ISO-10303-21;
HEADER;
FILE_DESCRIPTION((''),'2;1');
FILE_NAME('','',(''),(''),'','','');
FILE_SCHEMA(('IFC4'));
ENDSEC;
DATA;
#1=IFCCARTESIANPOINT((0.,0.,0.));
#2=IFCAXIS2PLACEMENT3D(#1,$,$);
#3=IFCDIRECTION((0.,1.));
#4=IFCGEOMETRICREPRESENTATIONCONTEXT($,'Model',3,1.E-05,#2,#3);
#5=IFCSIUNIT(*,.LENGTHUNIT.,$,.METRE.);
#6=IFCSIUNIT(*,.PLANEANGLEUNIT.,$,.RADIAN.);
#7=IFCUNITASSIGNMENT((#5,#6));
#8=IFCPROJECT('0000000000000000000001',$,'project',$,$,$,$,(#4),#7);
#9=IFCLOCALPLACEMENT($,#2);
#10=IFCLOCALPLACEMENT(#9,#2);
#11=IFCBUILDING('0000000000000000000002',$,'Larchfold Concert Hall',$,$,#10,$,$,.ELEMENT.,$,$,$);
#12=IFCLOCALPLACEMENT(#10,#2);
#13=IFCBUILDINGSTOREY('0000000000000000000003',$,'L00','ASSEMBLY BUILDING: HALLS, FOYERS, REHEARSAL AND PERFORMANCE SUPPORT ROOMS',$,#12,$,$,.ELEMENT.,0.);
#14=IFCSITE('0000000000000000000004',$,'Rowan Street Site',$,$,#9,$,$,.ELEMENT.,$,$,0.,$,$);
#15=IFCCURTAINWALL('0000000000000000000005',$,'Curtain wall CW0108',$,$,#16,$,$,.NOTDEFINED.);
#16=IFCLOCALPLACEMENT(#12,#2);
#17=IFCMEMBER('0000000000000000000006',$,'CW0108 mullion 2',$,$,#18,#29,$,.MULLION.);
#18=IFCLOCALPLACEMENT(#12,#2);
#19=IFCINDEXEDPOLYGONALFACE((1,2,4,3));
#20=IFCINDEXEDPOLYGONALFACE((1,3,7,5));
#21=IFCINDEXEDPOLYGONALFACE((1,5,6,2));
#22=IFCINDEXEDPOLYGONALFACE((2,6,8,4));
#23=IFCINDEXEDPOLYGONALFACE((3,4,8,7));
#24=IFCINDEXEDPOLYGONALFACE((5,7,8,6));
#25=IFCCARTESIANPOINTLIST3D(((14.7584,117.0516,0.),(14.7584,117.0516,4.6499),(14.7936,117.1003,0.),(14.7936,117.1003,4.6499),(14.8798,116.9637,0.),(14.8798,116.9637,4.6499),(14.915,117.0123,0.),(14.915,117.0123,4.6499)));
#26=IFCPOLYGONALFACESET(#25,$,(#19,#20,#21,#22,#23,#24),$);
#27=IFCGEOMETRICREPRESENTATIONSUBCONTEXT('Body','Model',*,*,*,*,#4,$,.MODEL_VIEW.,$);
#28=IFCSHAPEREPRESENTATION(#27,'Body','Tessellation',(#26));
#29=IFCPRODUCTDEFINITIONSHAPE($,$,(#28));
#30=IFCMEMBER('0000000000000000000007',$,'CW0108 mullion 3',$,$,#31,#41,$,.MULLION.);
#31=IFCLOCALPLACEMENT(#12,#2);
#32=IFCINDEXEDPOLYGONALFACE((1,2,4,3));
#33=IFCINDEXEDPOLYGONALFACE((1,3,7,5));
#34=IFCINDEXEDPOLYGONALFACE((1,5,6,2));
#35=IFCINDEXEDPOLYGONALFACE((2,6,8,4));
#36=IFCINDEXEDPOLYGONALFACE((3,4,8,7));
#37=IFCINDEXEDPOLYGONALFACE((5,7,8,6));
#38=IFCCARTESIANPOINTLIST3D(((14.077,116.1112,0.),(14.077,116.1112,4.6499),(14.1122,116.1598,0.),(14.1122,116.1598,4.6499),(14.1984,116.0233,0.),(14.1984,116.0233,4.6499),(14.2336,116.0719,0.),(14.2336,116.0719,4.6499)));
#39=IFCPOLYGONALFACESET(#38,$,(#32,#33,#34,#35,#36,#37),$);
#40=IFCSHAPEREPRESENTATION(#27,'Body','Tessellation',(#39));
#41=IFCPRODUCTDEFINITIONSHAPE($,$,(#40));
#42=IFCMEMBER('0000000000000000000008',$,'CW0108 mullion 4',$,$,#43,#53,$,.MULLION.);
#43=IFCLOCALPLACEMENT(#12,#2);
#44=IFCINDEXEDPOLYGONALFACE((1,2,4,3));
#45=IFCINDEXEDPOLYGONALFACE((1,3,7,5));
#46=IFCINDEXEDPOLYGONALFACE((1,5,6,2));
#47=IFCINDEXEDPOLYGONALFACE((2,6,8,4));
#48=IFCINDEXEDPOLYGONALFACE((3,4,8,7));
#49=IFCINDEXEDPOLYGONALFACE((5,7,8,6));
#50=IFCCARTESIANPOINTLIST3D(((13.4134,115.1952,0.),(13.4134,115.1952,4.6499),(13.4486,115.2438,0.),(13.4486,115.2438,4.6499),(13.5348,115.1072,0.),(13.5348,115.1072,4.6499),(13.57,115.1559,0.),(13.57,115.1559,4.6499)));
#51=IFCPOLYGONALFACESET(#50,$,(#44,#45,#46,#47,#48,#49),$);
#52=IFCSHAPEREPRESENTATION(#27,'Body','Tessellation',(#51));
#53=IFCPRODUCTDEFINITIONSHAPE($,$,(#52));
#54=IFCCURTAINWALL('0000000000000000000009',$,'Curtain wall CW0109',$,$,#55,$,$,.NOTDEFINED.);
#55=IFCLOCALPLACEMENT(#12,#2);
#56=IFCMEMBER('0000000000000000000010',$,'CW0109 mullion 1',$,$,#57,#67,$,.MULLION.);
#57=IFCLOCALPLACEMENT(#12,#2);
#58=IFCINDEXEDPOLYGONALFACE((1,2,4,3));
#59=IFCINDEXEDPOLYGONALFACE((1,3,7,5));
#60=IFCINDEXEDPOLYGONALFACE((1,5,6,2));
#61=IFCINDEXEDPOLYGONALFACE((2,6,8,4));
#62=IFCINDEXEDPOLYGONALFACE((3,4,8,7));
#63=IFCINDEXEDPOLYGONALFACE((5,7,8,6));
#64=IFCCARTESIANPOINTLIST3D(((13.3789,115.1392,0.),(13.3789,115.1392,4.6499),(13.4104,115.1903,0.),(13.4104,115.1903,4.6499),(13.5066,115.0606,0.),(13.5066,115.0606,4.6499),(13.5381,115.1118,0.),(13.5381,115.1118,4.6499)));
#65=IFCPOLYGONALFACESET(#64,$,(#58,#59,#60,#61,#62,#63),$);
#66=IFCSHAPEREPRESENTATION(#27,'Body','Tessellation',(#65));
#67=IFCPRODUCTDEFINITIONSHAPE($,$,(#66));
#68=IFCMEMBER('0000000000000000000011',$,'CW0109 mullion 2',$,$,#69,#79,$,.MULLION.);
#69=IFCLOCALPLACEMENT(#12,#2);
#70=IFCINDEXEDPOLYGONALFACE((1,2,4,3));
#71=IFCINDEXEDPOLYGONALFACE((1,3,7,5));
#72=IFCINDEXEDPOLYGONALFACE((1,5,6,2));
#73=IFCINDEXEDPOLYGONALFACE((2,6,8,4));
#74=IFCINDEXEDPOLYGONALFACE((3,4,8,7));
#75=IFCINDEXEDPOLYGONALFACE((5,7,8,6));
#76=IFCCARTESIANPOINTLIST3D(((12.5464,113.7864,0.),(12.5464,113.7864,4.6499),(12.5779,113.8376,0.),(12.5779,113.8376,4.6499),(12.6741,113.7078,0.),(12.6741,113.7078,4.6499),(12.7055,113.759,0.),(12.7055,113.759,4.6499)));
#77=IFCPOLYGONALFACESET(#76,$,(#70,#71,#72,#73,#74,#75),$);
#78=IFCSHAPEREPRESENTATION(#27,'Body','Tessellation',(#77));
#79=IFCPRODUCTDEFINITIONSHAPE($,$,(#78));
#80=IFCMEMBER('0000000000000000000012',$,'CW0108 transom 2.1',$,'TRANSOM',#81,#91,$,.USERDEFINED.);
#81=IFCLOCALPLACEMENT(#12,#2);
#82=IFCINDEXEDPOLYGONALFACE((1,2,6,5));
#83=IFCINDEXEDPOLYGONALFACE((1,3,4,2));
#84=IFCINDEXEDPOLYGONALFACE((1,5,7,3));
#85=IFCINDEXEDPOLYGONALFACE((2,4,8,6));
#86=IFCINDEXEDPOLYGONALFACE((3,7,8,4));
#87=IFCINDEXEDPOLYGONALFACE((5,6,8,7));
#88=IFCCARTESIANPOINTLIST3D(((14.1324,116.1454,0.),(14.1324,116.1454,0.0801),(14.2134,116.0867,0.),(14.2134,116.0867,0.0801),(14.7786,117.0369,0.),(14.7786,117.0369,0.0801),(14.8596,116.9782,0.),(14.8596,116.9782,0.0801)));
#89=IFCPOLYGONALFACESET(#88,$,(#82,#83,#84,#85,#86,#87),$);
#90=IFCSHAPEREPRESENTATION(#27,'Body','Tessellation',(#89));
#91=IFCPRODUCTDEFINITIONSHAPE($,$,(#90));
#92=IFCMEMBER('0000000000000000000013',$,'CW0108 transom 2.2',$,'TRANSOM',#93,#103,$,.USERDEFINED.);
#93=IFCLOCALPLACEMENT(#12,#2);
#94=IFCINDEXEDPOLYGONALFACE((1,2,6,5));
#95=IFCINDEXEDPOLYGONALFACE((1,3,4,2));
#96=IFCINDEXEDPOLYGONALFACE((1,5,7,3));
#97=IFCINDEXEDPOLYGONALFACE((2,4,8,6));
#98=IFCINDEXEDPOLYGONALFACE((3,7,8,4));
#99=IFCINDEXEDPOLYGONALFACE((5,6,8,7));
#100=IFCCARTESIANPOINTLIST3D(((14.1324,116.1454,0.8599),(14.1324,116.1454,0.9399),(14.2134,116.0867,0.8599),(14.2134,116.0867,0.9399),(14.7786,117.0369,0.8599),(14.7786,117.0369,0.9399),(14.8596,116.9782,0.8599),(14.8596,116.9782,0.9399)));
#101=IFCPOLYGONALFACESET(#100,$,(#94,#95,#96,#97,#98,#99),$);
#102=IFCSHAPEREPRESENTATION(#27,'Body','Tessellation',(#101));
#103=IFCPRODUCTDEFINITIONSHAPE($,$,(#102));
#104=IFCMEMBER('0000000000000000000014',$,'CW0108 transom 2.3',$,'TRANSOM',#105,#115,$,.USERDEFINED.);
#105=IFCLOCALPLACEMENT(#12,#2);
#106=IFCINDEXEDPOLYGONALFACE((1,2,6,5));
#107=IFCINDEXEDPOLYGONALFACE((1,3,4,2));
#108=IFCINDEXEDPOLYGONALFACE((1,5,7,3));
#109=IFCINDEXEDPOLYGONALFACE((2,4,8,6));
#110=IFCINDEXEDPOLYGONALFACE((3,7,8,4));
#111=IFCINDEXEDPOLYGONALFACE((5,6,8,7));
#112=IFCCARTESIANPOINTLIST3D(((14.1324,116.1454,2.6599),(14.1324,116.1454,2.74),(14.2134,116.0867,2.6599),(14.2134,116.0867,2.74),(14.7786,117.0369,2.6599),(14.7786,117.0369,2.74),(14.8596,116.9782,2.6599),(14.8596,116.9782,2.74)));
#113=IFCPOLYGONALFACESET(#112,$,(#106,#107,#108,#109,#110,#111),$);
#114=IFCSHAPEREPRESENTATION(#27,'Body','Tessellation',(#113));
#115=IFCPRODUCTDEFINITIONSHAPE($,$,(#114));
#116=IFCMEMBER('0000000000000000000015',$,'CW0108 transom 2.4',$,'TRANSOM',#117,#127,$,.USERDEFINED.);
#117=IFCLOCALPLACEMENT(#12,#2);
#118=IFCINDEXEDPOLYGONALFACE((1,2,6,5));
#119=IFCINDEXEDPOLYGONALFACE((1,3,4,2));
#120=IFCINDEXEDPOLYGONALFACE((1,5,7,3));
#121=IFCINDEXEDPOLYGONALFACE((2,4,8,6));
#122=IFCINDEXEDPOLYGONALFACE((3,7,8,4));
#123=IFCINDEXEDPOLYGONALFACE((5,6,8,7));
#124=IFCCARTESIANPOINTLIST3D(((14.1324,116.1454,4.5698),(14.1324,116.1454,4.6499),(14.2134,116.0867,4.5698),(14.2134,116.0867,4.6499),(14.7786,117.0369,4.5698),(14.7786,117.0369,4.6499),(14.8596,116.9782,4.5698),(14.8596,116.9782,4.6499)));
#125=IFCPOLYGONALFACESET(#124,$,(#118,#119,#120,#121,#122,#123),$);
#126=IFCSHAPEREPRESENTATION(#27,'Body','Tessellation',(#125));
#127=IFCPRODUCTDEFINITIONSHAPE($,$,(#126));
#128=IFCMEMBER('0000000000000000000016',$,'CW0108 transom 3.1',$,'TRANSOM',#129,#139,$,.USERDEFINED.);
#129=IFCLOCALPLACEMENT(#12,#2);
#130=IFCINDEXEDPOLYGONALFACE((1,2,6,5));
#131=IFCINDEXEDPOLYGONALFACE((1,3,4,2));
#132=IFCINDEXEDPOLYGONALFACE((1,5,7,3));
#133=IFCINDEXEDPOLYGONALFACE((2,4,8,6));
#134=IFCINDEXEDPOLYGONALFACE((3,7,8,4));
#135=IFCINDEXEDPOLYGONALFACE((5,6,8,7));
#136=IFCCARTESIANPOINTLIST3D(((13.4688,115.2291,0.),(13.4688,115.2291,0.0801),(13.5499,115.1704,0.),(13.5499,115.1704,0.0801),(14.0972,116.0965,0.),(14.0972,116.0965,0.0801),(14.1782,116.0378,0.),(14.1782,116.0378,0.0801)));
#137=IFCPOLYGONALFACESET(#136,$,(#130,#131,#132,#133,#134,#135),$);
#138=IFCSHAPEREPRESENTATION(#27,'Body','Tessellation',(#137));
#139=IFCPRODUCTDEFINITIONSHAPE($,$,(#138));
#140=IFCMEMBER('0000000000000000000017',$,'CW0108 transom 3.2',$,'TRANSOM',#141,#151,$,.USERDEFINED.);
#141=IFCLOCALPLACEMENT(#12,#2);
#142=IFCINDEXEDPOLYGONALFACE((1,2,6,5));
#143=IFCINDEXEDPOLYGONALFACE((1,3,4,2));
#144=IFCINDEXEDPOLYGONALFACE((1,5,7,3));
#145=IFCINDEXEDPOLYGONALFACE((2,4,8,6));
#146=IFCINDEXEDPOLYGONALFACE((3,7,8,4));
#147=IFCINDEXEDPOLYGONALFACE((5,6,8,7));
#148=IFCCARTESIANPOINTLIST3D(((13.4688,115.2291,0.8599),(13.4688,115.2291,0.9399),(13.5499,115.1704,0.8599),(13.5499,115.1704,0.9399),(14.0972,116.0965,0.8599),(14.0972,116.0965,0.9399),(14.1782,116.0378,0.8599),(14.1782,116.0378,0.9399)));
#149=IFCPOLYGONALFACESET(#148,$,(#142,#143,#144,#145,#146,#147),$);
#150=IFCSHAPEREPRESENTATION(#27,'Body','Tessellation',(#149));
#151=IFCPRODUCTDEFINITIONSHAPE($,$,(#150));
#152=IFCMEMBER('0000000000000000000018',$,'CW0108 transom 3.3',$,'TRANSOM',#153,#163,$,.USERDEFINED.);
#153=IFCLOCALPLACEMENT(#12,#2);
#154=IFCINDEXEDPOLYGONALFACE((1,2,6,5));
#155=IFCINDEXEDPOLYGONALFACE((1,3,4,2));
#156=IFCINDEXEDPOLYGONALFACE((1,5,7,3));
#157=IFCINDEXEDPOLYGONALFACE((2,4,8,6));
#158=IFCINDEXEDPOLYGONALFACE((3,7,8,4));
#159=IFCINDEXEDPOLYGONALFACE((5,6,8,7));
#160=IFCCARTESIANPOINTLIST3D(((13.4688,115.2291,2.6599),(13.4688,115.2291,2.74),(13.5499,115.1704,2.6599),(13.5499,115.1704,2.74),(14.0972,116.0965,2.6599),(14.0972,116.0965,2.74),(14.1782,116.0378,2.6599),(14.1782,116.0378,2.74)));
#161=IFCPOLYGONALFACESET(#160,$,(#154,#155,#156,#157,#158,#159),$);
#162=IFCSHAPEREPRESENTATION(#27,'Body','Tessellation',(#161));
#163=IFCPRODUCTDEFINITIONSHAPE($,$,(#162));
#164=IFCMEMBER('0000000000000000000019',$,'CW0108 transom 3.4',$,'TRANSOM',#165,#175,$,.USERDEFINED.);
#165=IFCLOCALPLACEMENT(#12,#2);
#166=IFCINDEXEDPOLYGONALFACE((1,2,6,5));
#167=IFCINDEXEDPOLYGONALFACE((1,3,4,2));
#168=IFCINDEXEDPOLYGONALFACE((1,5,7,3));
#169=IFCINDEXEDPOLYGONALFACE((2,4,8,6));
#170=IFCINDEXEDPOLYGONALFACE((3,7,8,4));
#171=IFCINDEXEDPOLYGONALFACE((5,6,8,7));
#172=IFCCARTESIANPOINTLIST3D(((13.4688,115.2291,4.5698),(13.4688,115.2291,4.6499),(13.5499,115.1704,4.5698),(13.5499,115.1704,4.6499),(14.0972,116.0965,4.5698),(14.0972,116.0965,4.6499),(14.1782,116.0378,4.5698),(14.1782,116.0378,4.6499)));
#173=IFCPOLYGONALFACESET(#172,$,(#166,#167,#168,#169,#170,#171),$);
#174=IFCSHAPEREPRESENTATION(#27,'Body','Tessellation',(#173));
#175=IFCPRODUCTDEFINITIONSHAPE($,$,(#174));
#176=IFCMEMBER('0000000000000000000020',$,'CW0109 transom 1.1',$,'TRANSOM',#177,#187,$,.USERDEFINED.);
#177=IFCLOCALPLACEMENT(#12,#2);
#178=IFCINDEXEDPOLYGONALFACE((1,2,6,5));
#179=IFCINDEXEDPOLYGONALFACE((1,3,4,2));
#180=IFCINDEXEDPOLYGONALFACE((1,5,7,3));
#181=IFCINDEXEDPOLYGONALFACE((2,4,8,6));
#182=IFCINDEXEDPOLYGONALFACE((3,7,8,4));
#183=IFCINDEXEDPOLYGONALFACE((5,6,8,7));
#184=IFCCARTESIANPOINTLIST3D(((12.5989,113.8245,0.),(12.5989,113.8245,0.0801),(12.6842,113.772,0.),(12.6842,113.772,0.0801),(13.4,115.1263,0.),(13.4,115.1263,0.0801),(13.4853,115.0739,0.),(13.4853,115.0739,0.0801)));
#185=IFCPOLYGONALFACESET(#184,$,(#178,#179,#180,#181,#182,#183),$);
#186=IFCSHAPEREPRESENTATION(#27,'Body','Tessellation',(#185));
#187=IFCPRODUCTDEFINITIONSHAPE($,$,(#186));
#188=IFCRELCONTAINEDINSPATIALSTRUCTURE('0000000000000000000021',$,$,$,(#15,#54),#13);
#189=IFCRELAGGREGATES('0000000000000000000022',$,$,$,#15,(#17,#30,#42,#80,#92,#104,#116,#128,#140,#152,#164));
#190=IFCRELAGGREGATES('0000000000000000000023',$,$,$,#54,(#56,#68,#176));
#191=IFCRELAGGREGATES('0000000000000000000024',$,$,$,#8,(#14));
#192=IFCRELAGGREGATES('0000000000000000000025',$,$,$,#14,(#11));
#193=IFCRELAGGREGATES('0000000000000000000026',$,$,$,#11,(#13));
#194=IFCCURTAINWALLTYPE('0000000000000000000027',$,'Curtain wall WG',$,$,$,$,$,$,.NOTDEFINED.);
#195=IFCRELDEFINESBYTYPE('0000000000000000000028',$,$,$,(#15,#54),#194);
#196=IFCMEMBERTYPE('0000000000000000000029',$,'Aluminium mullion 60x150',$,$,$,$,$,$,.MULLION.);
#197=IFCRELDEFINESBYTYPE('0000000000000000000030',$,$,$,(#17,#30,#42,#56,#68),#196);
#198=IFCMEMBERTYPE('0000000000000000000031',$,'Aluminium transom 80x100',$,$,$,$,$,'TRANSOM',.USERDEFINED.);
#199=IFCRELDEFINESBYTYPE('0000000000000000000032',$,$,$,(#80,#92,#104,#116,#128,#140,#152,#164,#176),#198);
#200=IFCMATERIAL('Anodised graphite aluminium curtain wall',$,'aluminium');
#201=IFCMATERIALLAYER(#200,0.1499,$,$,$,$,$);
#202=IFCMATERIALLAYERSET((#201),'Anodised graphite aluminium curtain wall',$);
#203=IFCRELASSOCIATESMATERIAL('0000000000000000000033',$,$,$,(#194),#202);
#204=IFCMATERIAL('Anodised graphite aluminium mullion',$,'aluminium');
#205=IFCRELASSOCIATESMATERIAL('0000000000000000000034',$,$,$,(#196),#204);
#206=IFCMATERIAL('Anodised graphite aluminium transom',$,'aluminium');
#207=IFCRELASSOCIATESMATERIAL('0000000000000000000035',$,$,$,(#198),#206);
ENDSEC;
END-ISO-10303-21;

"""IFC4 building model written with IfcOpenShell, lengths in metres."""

from ifc_helpers import new_model, si_unit, direction, frame, origin, origin_2d, place, context, subcontext, project, spatial, rectangle, extrude, material, layer, layer_set, material_profile, profile_set, type_object, element, aggregate, save


model = new_model("IFC4")

# Units and contexts
model_context = context("Model", 3, precision=1e-05, world=origin(), true_north=direction((0.0, 1.0)))
body_context = subcontext(model_context, "Body", "Model", "MODEL_VIEW")
ifc_project = project(units=[si_unit("LENGTHUNIT", "METRE"), si_unit("PLANEANGLEUNIT", "RADIAN")], contexts=[model_context])

# Site, building, storey
site_placement = place(None, origin())
site = spatial("IfcSite", under=ifc_project, at=site_placement, Name="Rowan Street Site", CompositionType="ELEMENT", RefElevation=0.0)
building_placement = place(site_placement, origin())
building = spatial("IfcBuilding", under=site, at=building_placement, Name="Larchfold Concert Hall", CompositionType="ELEMENT")
storey_placement = place(building_placement, origin())
storey = spatial("IfcBuildingStorey", under=building, at=storey_placement, Name="L00", Description="ASSEMBLY BUILDING: HALLS, FOYERS, REHEARSAL AND PERFORMANCE SUPPORT ROOMS", CompositionType="ELEMENT", Elevation=0.0)

# Curtain walls, members
ifc_material_1 = material(Name="Anodised graphite aluminium curtain wall", Category="aluminium")
ifc_layer_1 = layer(ifc_material_1, 0.1499)
ifc_layer_set_1 = layer_set([ifc_layer_1], Name="Anodised graphite aluminium curtain wall")
curtain_wall_type = type_object("IfcCurtainWallType", Name="Curtain wall WG", PredefinedType="NOTDEFINED", material=ifc_layer_set_1)
curtain_wall_1_placement = place(storey_placement, origin())
curtain_wall_1 = element("IfcCurtainWall", 1, at=curtain_wall_1_placement, inside=storey, type_object=curtain_wall_type, Name="Curtain wall CW0108", PredefinedType="NOTDEFINED")
ifc_material_2 = material(Name="Anodised graphite aluminium mullion", Category="aluminium")
ifc_material_profile_1 = material_profile(ifc_material_2, rectangle(XDim=0.1499, YDim=0.0601, at=origin_2d()))
ifc_profile_set_1 = profile_set([ifc_material_profile_1], Name="Anodised graphite aluminium mullion")
member_type_1 = type_object("IfcMemberType", Name="Aluminium mullion 60x150", PredefinedType="MULLION", material=ifc_profile_set_1)
member_1_placement = place(storey_placement, frame((14.8367, 117.032, 0.0), z_axis=(0.0, 0.0, 1.0), x_axis=(0.809847, -0.586641, 0.0)))
member_1 = element("IfcMember", 2, at=member_1_placement, type_object=member_type_1, Name="CW0108 mullion 2", PredefinedType="MULLION", context=body_context, shape_type="SweptSolid", body=[
    extrude(rectangle(XDim=0.1499, YDim=0.0601, at=origin_2d()), origin(), (0.0, 0.0, 1.0), 4.6499),
])
member_2_placement = place(storey_placement, frame((14.1553, 116.0916, 0.0), z_axis=(0.0, 0.0, 1.0), x_axis=(0.809847, -0.586641, 0.0)))
member_2 = element("IfcMember", 3, at=member_2_placement, type_object=member_type_1, Name="CW0108 mullion 3", PredefinedType="MULLION", context=body_context, shape_type="SweptSolid", body=[
    extrude(rectangle(XDim=0.1499, YDim=0.0601, at=origin_2d()), origin(), (0.0, 0.0, 1.0), 4.6499),
])
member_3_placement = place(storey_placement, frame((13.4917, 115.1755, 0.0), z_axis=(0.0, 0.0, 1.0), x_axis=(0.809847, -0.586641, 0.0)))
member_3 = element("IfcMember", 4, at=member_3_placement, type_object=member_type_1, Name="CW0108 mullion 4", PredefinedType="MULLION", context=body_context, shape_type="SweptSolid", body=[
    extrude(rectangle(XDim=0.1499, YDim=0.0601, at=origin_2d()), origin(), (0.0, 0.0, 1.0), 4.6499),
])
curtain_wall_2_placement = place(storey_placement, origin())
curtain_wall_2 = element("IfcCurtainWall", 5, at=curtain_wall_2_placement, inside=storey, type_object=curtain_wall_type, Name="Curtain wall CW0109", PredefinedType="NOTDEFINED")
member_4_placement = place(storey_placement, frame((13.4585, 115.1255, 0.0), z_axis=(0.0, 0.0, 1.0), x_axis=(0.851669, -0.524081, 0.0)))
member_4 = element("IfcMember", 6, at=member_4_placement, type_object=member_type_1, Name="CW0109 mullion 1", PredefinedType="MULLION", context=body_context, shape_type="SweptSolid", body=[
    extrude(rectangle(XDim=0.1499, YDim=0.0601, at=origin_2d()), origin(), (0.0, 0.0, 1.0), 4.6499),
])
member_5_placement = place(storey_placement, frame((12.626, 113.7727, 0.0), z_axis=(0.0, 0.0, 1.0), x_axis=(0.851669, -0.524081, 0.0)))
member_5 = element("IfcMember", 7, at=member_5_placement, type_object=member_type_1, Name="CW0109 mullion 2", PredefinedType="MULLION", context=body_context, shape_type="SweptSolid", body=[
    extrude(rectangle(XDim=0.1499, YDim=0.0601, at=origin_2d()), origin(), (0.0, 0.0, 1.0), 4.6499),
])

# Members
ifc_material_3 = material(Name="Anodised graphite aluminium transom", Category="aluminium")
ifc_material_profile_2 = material_profile(ifc_material_3, rectangle(XDim=0.1001, YDim=0.0801, at=origin_2d()))
ifc_profile_set_2 = profile_set([ifc_material_profile_2], Name="Anodised graphite aluminium transom")
member_type_2 = type_object("IfcMemberType", Name="Aluminium transom 80x100", ElementType="TRANSOM", PredefinedType="USERDEFINED", material=ifc_profile_set_2)
member_6_placement = place(storey_placement, frame((14.8191, 117.0076, 0.04), z_axis=(-0.586866, -0.809684, 0.0), x_axis=(0.809684, -0.586866, 0.0)))
member_6 = element("IfcMember", 8, at=member_6_placement, type_object=member_type_2, Name="CW0108 transom 2.1", ObjectType="TRANSOM", PredefinedType="USERDEFINED", context=body_context, shape_type="SweptSolid", body=[
    extrude(rectangle(XDim=0.1001, YDim=0.0801, at=origin_2d()), origin(), (0.0, 0.0, 1.0), 1.1011),
])
member_7_placement = place(storey_placement, frame((14.8191, 117.0076, 0.8999), z_axis=(-0.586866, -0.809684, 0.0), x_axis=(0.809684, -0.586866, 0.0)))
member_7 = element("IfcMember", 9, at=member_7_placement, type_object=member_type_2, Name="CW0108 transom 2.2", ObjectType="TRANSOM", PredefinedType="USERDEFINED", context=body_context, shape_type="SweptSolid", body=[
    extrude(rectangle(XDim=0.1001, YDim=0.0801, at=origin_2d()), origin(), (0.0, 0.0, 1.0), 1.1011),
])
member_8_placement = place(storey_placement, frame((14.8191, 117.0076, 2.7), z_axis=(-0.586866, -0.809684, 0.0), x_axis=(0.809684, -0.586866, 0.0)))
member_8 = element("IfcMember", 10, at=member_8_placement, type_object=member_type_2, Name="CW0108 transom 2.3", ObjectType="TRANSOM", PredefinedType="USERDEFINED", context=body_context, shape_type="SweptSolid", body=[
    extrude(rectangle(XDim=0.1001, YDim=0.0801, at=origin_2d()), origin(), (0.0, 0.0, 1.0), 1.1011),
])
member_9_placement = place(storey_placement, frame((14.8191, 117.0076, 4.6099), z_axis=(-0.586866, -0.809684, 0.0), x_axis=(0.809684, -0.586866, 0.0)))
member_9 = element("IfcMember", 11, at=member_9_placement, type_object=member_type_2, Name="CW0108 transom 2.4", ObjectType="TRANSOM", PredefinedType="USERDEFINED", context=body_context, shape_type="SweptSolid", body=[
    extrude(rectangle(XDim=0.1001, YDim=0.0801, at=origin_2d()), origin(), (0.0, 0.0, 1.0), 1.1011),
])
member_10_placement = place(storey_placement, frame((14.1377, 116.0671, 0.04), z_axis=(-0.58668, -0.809819, 0.0), x_axis=(0.809819, -0.58668, 0.0)))
member_10 = element("IfcMember", 12, at=member_10_placement, type_object=member_type_2, Name="CW0108 transom 3.1", ObjectType="TRANSOM", PredefinedType="USERDEFINED", context=body_context, shape_type="SweptSolid", body=[
    extrude(rectangle(XDim=0.1001, YDim=0.0801, at=origin_2d()), origin(), (0.0, 0.0, 1.0), 1.071),
])
member_11_placement = place(storey_placement, frame((14.1377, 116.0671, 0.8999), z_axis=(-0.58668, -0.809819, 0.0), x_axis=(0.809819, -0.58668, 0.0)))
member_11 = element("IfcMember", 13, at=member_11_placement, type_object=member_type_2, Name="CW0108 transom 3.2", ObjectType="TRANSOM", PredefinedType="USERDEFINED", context=body_context, shape_type="SweptSolid", body=[
    extrude(rectangle(XDim=0.1001, YDim=0.0801, at=origin_2d()), origin(), (0.0, 0.0, 1.0), 1.071),
])
member_12_placement = place(storey_placement, frame((14.1377, 116.0671, 2.7), z_axis=(-0.58668, -0.809819, 0.0), x_axis=(0.809819, -0.58668, 0.0)))
member_12 = element("IfcMember", 14, at=member_12_placement, type_object=member_type_2, Name="CW0108 transom 3.3", ObjectType="TRANSOM", PredefinedType="USERDEFINED", context=body_context, shape_type="SweptSolid", body=[
    extrude(rectangle(XDim=0.1001, YDim=0.0801, at=origin_2d()), origin(), (0.0, 0.0, 1.0), 1.071),
])
member_13_placement = place(storey_placement, frame((14.1377, 116.0671, 4.6099), z_axis=(-0.58668, -0.809819, 0.0), x_axis=(0.809819, -0.58668, 0.0)))
member_13 = element("IfcMember", 15, at=member_13_placement, type_object=member_type_2, Name="CW0108 transom 3.4", ObjectType="TRANSOM", PredefinedType="USERDEFINED", context=body_context, shape_type="SweptSolid", body=[
    extrude(rectangle(XDim=0.1001, YDim=0.0801, at=origin_2d()), origin(), (0.0, 0.0, 1.0), 1.071),
])
member_14_placement = place(storey_placement, frame((13.4426, 115.1001, 0.04), z_axis=(-0.524071, -0.851675, 0.0), x_axis=(0.851675, -0.524071, 0.0)))
member_14 = element("IfcMember", 16, at=member_14_placement, type_object=member_type_2, Name="CW0109 transom 1.1", ObjectType="TRANSOM", PredefinedType="USERDEFINED", context=body_context, shape_type="SweptSolid", body=[
    extrude(rectangle(XDim=0.1001, YDim=0.0801, at=origin_2d()), origin(), (0.0, 0.0, 1.0), 1.5286),
])

aggregate(curtain_wall_1, [member_1, member_2, member_3, member_6, member_7, member_8, member_9, member_10, member_11, member_12, member_13])
aggregate(curtain_wall_2, [member_4, member_5, member_14])

save(model, "model.ifc")
